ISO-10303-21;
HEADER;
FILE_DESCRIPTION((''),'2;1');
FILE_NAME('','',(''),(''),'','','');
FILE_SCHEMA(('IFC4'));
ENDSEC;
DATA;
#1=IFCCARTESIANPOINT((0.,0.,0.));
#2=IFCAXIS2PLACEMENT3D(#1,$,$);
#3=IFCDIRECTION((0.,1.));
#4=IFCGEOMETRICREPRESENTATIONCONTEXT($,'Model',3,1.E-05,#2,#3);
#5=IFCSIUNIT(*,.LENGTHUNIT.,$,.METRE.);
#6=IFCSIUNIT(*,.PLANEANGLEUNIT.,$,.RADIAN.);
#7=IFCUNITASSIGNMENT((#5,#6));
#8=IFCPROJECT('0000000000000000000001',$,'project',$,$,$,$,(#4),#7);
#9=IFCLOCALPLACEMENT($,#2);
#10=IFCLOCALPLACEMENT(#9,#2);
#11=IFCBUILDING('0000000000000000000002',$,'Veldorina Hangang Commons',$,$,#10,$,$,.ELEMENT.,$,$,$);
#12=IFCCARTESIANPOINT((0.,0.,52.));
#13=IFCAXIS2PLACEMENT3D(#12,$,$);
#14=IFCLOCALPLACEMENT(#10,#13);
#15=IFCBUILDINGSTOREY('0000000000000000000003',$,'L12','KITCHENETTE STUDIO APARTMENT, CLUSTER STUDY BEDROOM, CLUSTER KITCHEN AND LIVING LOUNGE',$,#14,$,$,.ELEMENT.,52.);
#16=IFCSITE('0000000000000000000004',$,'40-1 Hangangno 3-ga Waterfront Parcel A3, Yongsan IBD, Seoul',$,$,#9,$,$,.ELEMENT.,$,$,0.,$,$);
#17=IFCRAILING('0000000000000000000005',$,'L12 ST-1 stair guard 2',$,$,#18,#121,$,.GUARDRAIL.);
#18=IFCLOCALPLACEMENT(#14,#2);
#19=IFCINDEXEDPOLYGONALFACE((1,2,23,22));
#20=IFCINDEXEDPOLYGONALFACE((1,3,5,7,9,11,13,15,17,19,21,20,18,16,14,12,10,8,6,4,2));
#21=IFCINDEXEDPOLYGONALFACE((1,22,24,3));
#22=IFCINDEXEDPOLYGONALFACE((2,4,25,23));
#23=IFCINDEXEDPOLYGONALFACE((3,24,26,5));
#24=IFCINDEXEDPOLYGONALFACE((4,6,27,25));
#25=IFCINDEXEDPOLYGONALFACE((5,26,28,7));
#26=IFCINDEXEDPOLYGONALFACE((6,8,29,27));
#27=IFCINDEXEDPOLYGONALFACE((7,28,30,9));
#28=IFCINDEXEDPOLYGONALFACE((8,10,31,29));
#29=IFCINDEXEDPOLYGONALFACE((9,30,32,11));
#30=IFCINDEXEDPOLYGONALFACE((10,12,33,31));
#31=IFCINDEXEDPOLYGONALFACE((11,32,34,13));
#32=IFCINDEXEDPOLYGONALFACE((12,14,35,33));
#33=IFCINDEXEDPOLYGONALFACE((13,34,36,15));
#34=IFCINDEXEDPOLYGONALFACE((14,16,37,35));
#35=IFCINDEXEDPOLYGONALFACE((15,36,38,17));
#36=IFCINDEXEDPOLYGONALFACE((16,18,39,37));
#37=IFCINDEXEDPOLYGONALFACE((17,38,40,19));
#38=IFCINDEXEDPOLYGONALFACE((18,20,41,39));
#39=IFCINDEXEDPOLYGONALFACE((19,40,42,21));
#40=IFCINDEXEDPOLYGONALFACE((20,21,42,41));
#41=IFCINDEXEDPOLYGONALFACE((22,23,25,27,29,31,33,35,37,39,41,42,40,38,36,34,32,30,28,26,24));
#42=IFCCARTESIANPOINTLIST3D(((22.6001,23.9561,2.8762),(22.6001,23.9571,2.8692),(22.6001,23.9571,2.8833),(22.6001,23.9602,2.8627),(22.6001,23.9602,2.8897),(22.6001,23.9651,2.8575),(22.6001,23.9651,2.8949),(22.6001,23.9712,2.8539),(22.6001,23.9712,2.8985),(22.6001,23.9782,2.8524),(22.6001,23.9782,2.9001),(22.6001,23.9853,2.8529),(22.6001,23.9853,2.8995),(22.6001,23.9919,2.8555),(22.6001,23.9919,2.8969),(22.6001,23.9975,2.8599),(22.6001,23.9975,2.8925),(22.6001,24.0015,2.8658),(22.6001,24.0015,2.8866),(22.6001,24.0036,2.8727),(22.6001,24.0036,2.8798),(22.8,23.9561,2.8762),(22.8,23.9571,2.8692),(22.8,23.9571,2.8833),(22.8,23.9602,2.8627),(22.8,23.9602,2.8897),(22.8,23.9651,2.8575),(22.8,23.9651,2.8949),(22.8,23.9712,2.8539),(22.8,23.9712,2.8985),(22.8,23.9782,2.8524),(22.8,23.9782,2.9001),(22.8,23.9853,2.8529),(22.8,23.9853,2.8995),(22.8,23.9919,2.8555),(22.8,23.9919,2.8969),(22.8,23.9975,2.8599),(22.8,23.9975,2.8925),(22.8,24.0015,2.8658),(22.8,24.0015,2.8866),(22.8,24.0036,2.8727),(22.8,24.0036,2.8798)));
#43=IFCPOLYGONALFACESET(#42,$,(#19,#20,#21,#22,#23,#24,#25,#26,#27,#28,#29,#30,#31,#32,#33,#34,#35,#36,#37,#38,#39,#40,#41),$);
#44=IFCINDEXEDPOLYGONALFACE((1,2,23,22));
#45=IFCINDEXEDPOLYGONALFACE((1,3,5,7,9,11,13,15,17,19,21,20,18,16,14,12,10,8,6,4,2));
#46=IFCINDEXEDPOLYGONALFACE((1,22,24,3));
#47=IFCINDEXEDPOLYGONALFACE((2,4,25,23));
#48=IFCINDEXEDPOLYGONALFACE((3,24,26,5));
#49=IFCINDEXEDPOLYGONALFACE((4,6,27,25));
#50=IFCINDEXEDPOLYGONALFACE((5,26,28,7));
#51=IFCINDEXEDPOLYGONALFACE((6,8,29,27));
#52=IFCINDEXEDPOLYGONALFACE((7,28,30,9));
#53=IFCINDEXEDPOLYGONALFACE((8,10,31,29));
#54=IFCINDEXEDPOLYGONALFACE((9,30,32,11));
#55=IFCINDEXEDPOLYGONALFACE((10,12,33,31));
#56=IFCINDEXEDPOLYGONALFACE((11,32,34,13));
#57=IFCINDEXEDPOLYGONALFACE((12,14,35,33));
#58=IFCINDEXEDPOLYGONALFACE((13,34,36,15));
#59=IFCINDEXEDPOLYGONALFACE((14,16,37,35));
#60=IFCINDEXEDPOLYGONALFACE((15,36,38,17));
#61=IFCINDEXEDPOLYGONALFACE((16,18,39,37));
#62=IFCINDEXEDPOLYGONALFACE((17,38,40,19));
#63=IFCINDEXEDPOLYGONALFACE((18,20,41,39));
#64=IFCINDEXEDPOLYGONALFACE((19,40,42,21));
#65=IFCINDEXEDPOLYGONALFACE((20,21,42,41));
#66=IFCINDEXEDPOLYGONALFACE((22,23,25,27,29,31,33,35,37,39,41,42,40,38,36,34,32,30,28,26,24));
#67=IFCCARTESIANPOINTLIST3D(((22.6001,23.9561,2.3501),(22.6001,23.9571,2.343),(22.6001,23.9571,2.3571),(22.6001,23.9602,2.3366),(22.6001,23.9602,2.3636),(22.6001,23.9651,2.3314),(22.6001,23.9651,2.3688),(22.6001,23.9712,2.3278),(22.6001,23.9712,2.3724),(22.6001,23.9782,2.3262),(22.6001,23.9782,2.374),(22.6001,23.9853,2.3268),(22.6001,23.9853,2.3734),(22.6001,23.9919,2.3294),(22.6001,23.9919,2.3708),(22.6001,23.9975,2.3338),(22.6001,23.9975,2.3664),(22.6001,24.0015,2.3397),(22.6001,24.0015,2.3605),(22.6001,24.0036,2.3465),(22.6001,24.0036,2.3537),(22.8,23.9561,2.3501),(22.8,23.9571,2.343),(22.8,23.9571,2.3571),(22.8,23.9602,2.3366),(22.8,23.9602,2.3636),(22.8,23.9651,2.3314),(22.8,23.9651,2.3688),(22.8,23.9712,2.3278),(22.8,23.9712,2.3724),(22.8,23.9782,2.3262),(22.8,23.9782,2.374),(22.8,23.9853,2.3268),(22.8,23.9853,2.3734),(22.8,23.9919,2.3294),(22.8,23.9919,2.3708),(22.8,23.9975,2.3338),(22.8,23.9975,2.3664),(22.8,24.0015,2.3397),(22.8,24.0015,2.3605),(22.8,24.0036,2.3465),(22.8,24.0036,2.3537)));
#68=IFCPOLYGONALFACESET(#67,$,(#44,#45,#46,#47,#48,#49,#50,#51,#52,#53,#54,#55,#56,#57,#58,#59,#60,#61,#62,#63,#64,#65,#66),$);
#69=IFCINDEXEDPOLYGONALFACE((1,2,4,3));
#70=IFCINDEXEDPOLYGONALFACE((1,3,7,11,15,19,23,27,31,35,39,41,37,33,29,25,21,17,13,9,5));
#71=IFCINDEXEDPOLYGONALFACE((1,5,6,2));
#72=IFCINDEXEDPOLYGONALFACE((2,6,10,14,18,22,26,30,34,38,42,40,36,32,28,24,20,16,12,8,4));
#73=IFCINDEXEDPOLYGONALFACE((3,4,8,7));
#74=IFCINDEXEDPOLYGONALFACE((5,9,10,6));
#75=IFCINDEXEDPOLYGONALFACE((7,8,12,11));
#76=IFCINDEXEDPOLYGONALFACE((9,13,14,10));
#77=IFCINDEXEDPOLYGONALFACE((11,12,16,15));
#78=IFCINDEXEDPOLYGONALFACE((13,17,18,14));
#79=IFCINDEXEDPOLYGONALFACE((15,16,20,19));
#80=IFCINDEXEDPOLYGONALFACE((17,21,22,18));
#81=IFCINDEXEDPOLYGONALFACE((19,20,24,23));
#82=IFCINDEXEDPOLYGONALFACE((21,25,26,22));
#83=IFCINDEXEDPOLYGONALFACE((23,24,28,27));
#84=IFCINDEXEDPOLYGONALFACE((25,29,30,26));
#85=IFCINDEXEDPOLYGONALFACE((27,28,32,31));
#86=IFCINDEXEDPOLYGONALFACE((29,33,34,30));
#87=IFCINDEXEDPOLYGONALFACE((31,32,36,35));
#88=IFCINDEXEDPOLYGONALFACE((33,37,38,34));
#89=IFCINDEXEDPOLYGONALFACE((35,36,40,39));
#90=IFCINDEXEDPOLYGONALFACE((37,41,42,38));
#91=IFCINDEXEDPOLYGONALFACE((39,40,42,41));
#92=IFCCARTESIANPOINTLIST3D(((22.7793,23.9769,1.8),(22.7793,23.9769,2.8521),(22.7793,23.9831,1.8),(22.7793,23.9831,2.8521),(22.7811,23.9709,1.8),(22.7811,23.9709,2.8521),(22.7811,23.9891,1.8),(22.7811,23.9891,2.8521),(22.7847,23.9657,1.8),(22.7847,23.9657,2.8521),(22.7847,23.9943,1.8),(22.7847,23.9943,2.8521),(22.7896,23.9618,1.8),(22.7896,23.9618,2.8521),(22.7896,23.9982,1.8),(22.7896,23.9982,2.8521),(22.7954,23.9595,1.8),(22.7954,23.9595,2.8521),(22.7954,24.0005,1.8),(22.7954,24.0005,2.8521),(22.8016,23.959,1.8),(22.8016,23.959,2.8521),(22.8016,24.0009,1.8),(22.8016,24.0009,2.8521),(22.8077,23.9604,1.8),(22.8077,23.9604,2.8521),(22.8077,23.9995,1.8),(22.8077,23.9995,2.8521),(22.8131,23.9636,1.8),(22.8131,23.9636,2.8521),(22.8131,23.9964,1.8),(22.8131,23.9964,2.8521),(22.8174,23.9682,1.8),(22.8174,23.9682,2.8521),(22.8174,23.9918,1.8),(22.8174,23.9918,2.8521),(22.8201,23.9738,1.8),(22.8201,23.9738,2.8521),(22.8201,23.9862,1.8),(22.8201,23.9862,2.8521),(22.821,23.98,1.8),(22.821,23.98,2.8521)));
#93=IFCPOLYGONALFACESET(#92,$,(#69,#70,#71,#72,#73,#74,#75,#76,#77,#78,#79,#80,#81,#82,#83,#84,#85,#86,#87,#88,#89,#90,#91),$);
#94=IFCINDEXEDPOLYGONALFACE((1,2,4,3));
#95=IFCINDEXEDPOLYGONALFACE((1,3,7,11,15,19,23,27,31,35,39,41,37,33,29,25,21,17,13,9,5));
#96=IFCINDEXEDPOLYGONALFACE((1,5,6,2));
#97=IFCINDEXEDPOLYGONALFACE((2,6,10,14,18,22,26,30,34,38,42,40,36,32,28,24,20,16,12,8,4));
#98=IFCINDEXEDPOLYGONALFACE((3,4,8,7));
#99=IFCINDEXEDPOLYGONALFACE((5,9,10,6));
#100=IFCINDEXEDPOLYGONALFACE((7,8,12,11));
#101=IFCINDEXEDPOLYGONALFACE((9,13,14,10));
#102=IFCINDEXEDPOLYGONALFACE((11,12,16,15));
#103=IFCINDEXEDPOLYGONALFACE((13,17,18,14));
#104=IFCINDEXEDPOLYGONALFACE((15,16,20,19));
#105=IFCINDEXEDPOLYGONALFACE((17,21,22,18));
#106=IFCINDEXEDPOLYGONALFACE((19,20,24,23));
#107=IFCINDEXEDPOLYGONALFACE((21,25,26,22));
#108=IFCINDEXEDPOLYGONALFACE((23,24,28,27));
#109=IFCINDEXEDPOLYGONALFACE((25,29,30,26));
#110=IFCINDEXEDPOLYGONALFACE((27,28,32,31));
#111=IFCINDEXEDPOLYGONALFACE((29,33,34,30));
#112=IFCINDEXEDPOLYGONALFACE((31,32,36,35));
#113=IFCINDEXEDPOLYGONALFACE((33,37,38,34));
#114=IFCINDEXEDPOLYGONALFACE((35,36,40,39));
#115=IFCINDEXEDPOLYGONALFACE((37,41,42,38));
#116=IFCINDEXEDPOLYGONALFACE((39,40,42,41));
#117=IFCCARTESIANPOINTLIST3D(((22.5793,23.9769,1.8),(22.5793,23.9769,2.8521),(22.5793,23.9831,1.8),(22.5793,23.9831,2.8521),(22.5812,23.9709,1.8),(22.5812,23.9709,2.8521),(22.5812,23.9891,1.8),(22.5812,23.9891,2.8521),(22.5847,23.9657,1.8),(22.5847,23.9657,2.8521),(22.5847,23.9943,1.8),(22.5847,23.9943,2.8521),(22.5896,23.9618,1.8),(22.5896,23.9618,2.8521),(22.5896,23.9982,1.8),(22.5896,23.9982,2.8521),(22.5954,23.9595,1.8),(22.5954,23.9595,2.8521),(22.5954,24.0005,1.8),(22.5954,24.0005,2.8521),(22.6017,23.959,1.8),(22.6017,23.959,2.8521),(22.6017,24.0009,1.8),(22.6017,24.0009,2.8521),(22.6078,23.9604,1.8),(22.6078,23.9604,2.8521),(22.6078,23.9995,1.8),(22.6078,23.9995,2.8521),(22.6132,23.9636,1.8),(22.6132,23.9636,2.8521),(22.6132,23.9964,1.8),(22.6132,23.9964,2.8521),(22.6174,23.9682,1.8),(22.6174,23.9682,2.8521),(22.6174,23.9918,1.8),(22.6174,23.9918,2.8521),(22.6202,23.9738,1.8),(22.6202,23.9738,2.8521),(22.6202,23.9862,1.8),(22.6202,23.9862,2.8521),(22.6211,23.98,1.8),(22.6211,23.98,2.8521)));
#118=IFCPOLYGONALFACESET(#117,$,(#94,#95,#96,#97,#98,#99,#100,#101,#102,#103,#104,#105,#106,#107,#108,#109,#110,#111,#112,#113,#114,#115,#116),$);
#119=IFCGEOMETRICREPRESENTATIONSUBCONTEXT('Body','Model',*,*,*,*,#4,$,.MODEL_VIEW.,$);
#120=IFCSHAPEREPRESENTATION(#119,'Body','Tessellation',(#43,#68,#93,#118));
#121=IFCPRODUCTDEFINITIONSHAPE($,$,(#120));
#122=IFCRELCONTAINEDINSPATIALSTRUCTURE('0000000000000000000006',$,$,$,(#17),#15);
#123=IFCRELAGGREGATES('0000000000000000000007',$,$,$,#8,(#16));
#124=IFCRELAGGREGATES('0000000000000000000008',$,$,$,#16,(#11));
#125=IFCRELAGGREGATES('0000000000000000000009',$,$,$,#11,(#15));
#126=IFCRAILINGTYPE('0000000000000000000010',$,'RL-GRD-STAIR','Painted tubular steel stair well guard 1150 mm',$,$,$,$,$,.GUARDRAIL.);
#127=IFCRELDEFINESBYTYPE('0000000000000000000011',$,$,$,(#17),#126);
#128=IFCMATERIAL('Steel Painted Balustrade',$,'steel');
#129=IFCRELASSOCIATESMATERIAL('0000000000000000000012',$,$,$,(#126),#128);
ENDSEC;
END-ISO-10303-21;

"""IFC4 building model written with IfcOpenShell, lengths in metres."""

from ifc_helpers import new_model, si_unit, direction, frame, origin, origin_2d, place, context, subcontext, project, spatial, circle, extrude, material, type_object, element, save


model = new_model("IFC4")

# Units and contexts
model_context = context("Model", 3, precision=1e-05, world=origin(), true_north=direction((0.0, 1.0)))
body_context = subcontext(model_context, "Body", "Model", "MODEL_VIEW")
ifc_project = project(units=[si_unit("LENGTHUNIT", "METRE"), si_unit("PLANEANGLEUNIT", "RADIAN")], contexts=[model_context])

# Site, building, storey
site_placement = place(None, origin())
site = spatial("IfcSite", under=ifc_project, at=site_placement, Name="40-1 Hangangno 3-ga Waterfront Parcel A3, Yongsan IBD, Seoul", CompositionType="ELEMENT", RefElevation=0.0)
building_placement = place(site_placement, origin())
building = spatial("IfcBuilding", under=site, at=building_placement, Name="Veldorina Hangang Commons", CompositionType="ELEMENT")
storey_placement = place(building_placement, frame((0.0, 0.0, 52.0)))
storey = spatial("IfcBuildingStorey", under=building, at=storey_placement, Name="L12", Description="KITCHENETTE STUDIO APARTMENT, CLUSTER STUDY BEDROOM, CLUSTER KITCHEN AND LIVING LOUNGE", CompositionType="ELEMENT", Elevation=52.0)

# Railing
ifc_material_1 = material(Name="Steel Painted Balustrade", Category="steel")
railing_type_1 = type_object("IfcRailingType", Name="RL-GRD-STAIR", Description="Painted tubular steel stair well guard 1150 mm", PredefinedType="GUARDRAIL", material=ifc_material_1)
railing_1_placement = place(storey_placement, frame((22.8, 23.98, 1.8)))
element("IfcRailing", 1, at=railing_1_placement, inside=storey, type_object=railing_type_1, Name="L12 ST-1 stair guard 2", PredefinedType="GUARDRAIL", context=body_context, shape_type="SweptSolid", body=[
    extrude(circle(Radius=0.0239, at=origin_2d()), frame((0.0, 0.0, 1.0762), z_axis=(-1.0, 0.0, 0.0), x_axis=(0.0, -1.0, 0.0)), (0.0, 0.0, 1.0), 0.2),
    extrude(circle(Radius=0.0239, at=origin_2d()), frame((0.0, 0.0, 0.55), z_axis=(-1.0, 0.0, 0.0), x_axis=(0.0, -1.0, 0.0)), (0.0, 0.0, 1.0), 0.2),
    extrude(circle(Radius=0.021, at=origin_2d()), origin(), (0.0, 0.0, 1.0), 1.052),
    extrude(circle(Radius=0.021, at=origin_2d()), frame((-0.2, 0.0, 0.0)), (0.0, 0.0, 1.0), 1.052),
])

save(model, "model.ifc")
